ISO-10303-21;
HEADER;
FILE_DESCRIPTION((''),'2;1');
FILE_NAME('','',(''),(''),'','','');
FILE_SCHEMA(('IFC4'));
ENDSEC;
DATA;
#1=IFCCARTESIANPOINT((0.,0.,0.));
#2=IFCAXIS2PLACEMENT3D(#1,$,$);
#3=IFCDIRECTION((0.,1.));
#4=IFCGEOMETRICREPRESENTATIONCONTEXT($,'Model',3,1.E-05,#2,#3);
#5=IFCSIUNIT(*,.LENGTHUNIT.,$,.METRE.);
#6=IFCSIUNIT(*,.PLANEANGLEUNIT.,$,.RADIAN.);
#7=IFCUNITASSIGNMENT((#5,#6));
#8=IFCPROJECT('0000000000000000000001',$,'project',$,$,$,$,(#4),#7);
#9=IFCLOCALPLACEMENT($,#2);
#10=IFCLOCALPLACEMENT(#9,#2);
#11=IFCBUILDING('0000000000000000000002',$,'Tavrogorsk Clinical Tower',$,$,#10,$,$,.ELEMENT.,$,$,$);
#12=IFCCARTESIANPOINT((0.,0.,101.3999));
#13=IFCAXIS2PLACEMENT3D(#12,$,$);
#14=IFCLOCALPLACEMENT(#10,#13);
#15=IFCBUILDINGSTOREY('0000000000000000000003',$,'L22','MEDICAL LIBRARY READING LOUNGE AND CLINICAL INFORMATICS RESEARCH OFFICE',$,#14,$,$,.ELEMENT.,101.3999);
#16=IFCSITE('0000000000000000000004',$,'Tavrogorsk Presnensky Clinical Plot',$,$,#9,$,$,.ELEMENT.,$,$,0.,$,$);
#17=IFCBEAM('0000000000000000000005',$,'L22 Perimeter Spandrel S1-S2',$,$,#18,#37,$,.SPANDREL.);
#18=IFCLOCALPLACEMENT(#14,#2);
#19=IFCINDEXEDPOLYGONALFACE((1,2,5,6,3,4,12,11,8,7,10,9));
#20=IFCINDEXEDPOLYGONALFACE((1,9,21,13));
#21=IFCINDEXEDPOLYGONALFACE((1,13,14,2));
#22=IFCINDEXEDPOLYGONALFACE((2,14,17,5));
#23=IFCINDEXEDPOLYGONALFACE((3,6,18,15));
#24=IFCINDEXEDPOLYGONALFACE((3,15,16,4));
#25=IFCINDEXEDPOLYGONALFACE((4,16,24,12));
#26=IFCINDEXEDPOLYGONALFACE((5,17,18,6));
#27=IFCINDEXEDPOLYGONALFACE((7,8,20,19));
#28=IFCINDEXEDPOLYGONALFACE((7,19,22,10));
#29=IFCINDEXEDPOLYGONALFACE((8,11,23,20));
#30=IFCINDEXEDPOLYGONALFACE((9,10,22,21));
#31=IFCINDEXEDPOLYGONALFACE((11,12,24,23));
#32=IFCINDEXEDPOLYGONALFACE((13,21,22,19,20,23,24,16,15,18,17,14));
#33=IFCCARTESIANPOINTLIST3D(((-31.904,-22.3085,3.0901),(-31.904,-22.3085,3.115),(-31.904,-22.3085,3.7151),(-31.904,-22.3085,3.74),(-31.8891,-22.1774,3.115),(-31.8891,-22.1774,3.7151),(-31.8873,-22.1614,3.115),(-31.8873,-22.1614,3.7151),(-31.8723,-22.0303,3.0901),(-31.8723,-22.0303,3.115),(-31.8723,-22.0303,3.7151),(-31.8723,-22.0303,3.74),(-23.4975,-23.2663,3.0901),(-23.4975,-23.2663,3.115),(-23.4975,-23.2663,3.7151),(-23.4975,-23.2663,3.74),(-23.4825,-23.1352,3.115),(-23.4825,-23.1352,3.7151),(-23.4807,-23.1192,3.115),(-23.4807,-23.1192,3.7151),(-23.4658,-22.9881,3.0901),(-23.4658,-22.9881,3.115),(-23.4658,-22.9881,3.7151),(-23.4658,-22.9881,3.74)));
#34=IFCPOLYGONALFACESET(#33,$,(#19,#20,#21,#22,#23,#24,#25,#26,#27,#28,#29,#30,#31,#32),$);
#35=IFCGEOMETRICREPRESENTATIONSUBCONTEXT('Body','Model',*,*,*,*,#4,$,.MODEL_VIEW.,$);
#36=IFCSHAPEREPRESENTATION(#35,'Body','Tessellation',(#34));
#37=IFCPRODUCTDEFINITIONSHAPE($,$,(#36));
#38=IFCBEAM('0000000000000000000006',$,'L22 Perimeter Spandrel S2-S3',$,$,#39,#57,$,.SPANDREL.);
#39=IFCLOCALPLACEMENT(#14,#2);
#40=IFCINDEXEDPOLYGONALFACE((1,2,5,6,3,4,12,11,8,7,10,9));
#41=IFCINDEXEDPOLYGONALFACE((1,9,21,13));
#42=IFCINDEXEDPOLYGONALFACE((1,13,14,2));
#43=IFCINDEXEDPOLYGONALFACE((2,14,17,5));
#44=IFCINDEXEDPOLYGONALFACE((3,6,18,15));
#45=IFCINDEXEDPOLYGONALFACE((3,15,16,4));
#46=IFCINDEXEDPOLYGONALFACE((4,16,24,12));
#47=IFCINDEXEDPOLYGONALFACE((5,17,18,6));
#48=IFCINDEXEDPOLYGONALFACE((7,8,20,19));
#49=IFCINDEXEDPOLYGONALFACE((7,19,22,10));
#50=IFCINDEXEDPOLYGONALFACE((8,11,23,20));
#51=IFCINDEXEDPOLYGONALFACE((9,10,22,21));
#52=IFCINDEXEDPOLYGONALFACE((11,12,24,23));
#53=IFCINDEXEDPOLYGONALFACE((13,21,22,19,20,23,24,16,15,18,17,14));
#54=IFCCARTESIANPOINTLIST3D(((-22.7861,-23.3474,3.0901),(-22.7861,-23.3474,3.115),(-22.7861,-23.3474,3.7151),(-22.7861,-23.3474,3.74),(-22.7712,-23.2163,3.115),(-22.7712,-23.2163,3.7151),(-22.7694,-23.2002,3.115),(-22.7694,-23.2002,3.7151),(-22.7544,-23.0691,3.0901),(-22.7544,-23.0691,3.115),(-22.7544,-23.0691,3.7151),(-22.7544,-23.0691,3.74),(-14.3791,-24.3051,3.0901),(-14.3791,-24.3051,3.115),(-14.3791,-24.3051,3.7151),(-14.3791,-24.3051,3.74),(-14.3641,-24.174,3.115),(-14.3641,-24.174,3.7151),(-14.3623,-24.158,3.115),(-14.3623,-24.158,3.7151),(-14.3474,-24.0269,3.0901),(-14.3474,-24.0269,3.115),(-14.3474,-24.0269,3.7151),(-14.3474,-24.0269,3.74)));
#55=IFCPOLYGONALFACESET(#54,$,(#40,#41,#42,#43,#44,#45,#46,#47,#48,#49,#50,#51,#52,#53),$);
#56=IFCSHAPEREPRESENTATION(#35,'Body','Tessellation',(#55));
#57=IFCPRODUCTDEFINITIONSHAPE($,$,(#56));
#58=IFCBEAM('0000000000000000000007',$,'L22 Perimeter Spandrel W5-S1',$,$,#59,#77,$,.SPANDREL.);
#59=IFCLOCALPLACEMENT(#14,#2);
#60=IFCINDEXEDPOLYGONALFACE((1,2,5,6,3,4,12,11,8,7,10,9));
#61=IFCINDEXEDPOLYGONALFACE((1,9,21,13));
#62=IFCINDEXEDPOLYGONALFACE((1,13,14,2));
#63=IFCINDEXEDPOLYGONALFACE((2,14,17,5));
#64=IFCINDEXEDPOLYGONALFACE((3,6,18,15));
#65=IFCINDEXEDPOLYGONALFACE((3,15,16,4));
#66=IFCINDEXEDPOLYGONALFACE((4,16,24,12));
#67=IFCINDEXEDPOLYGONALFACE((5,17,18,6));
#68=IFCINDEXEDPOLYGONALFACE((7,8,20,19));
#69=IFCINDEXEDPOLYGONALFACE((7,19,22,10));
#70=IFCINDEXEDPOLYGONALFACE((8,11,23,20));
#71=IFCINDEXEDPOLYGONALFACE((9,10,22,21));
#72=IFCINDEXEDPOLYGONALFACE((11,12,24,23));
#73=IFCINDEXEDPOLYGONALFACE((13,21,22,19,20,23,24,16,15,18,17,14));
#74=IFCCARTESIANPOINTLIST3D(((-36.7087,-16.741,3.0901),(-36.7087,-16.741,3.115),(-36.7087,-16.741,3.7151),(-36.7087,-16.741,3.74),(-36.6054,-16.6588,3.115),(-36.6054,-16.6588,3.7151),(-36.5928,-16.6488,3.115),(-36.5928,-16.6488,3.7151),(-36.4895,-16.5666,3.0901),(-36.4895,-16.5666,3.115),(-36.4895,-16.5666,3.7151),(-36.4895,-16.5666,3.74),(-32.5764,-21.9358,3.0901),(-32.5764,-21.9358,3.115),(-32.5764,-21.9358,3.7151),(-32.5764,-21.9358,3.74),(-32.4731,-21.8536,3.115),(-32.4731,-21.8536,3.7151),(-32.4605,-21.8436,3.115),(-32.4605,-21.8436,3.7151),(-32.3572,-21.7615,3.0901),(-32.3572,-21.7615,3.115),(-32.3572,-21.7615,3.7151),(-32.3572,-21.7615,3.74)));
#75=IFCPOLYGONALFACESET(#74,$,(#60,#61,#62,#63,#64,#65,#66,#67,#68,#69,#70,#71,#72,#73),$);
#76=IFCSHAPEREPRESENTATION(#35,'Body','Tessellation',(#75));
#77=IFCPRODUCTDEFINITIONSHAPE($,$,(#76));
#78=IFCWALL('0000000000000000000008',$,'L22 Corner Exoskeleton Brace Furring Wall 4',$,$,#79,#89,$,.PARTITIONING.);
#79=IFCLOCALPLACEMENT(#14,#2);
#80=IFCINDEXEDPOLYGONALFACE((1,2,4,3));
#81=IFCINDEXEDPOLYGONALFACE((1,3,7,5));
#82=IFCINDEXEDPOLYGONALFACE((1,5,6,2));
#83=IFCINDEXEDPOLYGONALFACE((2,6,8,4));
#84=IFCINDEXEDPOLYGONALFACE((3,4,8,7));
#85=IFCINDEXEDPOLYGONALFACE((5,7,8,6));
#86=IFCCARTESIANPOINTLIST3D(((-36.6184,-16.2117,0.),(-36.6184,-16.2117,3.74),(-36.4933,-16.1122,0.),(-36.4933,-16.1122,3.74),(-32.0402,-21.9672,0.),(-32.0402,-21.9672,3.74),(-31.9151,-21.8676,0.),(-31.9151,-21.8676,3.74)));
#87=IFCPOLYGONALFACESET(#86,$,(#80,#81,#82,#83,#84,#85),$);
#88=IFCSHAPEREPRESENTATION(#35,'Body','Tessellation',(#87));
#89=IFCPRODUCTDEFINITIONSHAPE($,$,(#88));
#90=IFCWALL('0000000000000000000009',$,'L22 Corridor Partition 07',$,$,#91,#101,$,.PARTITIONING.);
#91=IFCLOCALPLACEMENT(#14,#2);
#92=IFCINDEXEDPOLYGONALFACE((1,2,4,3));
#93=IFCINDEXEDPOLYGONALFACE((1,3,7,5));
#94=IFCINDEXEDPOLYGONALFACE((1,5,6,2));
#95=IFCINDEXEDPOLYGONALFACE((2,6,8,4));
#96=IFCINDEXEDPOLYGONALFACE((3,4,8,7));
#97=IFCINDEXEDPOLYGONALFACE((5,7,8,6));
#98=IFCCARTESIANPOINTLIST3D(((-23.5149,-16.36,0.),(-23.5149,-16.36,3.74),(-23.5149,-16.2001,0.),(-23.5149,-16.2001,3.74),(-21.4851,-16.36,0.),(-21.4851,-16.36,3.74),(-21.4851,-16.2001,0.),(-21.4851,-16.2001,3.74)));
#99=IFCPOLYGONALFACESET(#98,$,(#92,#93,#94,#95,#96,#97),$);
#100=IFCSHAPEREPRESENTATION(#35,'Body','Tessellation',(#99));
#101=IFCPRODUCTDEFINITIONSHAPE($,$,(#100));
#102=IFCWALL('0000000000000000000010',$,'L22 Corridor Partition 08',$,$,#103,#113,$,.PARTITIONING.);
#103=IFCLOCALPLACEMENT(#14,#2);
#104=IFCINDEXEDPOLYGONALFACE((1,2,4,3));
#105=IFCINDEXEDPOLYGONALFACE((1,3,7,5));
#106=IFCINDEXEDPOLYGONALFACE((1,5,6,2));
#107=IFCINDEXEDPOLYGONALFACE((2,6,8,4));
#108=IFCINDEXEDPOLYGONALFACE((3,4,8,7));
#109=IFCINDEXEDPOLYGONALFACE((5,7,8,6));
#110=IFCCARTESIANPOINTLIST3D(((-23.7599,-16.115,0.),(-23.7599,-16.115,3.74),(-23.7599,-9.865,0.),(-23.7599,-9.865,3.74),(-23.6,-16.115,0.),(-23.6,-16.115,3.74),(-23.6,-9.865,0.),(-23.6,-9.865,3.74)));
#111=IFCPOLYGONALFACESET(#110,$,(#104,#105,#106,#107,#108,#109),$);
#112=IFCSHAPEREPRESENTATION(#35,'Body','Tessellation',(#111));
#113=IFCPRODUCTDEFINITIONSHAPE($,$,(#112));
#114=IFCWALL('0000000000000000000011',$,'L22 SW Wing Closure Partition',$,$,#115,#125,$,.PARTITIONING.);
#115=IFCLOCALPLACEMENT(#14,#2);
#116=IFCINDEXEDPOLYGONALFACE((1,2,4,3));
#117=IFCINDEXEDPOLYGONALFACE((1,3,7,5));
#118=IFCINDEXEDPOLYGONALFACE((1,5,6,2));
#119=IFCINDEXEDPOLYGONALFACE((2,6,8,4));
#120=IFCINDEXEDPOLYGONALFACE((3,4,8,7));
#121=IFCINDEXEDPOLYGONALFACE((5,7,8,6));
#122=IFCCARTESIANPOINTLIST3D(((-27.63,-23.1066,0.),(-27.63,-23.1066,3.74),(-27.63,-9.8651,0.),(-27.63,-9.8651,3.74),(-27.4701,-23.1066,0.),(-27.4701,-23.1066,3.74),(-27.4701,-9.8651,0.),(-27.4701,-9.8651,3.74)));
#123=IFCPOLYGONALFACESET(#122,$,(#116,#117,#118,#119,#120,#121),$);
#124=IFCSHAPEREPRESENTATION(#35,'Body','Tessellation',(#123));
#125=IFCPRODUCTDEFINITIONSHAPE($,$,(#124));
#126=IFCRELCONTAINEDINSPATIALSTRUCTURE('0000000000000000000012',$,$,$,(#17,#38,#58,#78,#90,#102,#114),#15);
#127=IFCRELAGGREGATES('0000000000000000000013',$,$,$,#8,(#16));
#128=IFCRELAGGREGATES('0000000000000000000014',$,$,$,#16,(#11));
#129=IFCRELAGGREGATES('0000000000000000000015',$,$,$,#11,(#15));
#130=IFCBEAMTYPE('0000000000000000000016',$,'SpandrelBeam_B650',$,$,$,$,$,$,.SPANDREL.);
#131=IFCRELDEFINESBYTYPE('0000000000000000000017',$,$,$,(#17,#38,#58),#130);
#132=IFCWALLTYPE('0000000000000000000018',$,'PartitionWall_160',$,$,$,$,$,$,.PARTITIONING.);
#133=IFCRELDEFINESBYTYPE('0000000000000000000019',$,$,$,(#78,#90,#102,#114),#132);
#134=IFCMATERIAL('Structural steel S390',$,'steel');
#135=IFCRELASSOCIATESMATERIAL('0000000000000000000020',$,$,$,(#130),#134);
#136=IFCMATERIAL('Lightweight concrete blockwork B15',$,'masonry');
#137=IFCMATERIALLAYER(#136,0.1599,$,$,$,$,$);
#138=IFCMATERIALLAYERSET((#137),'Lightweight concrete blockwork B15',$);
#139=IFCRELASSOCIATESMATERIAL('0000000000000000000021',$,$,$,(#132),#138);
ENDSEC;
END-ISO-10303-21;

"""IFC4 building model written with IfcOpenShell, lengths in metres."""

from ifc_helpers import new_model, si_unit, direction, frame, frame_2d, origin, origin_2d, place, context, subcontext, project, spatial, rectangle, i_section, extrude, material, layer, layer_set, material_profile, profile_set, type_object, element, save


model = new_model("IFC4")

# Units and contexts
model_context = context("Model", 3, precision=1e-05, world=origin(), true_north=direction((0.0, 1.0)))
body_context = subcontext(model_context, "Body", "Model", "MODEL_VIEW")
ifc_project = project(units=[si_unit("LENGTHUNIT", "METRE"), si_unit("PLANEANGLEUNIT", "RADIAN")], contexts=[model_context])

# Site, building, storey
site_placement = place(None, origin())
site = spatial("IfcSite", under=ifc_project, at=site_placement, Name="Tavrogorsk Presnensky Clinical Plot", CompositionType="ELEMENT", RefElevation=0.0)
building_placement = place(site_placement, origin())
building = spatial("IfcBuilding", under=site, at=building_placement, Name="Tavrogorsk Clinical Tower", CompositionType="ELEMENT")
storey_placement = place(building_placement, frame((0.0, 0.0, 101.3999)))
storey = spatial("IfcBuildingStorey", under=building, at=storey_placement, Name="L22", Description="MEDICAL LIBRARY READING LOUNGE AND CLINICAL INFORMATICS RESEARCH OFFICE", CompositionType="ELEMENT", Elevation=101.3999)

# Beams
ifc_material_1 = material(Name="Structural steel S390", Category="steel")
ifc_material_profile_1 = material_profile(ifc_material_1, i_section(OverallWidth=0.28, OverallDepth=0.6499, WebThickness=0.0161, FlangeThickness=0.0249, at=origin_2d()), Name="B-650x280x16x25")
ifc_profile_set_1 = profile_set([ifc_material_profile_1], Name="Structural steel S390")
beam_type_1 = type_object("IfcBeamType", Name="SpandrelBeam_B650", PredefinedType="SPANDREL", material=ifc_profile_set_1)
beam_1_placement = place(storey_placement, frame((-31.8882, -22.1694, 3.415), z_axis=(0.993572, -0.113199, 0.0), x_axis=(0.113199, 0.993572, 0.0)))
element("IfcBeam", 1, at=beam_1_placement, inside=storey, type_object=beam_type_1, Name="L22 Perimeter Spandrel S1-S2", PredefinedType="SPANDREL", context=body_context, shape_type="SweptSolid", body=[
    extrude(i_section(OverallWidth=0.28, OverallDepth=0.6499, WebThickness=0.0161, FlangeThickness=0.0249, at=origin_2d()), origin(), (0.0, 0.0, 1.0), 8.4609),
])
beam_2_placement = place(storey_placement, frame((-22.7703, -23.2083, 3.415), z_axis=(0.993573, -0.113193, 0.0), x_axis=(0.113193, 0.993573, 0.0)))
element("IfcBeam", 2, at=beam_2_placement, inside=storey, type_object=beam_type_1, Name="L22 Perimeter Spandrel S2-S3", PredefinedType="SPANDREL", context=body_context, shape_type="SweptSolid", body=[
    extrude(i_section(OverallWidth=0.28, OverallDepth=0.6499, WebThickness=0.0161, FlangeThickness=0.0249, at=origin_2d()), origin(), (0.0, 0.0, 1.0), 8.4614),
])
beam_3_placement = place(storey_placement, frame((-36.5991, -16.6538, 3.415), z_axis=(0.622531, -0.782595, 0.0), x_axis=(0.782595, 0.622531, 0.0)))
element("IfcBeam", 3, at=beam_3_placement, inside=storey, type_object=beam_type_1, Name="L22 Perimeter Spandrel W5-S1", PredefinedType="SPANDREL", context=body_context, shape_type="SweptSolid", body=[
    extrude(i_section(OverallWidth=0.28, OverallDepth=0.6499, WebThickness=0.0161, FlangeThickness=0.0249, at=origin_2d()), origin(), (0.0, 0.0, 1.0), 6.6379),
])

# Walls
ifc_material_2 = material(Name="Lightweight concrete blockwork B15", Category="masonry")
ifc_layer_1 = layer(ifc_material_2, 0.1599)
ifc_layer_set_1 = layer_set([ifc_layer_1], Name="Lightweight concrete blockwork B15")
wall_type_1 = type_object("IfcWallType", Name="PartitionWall_160", PredefinedType="PARTITIONING", material=ifc_layer_set_1)
wall_1_placement = place(storey_placement, frame((-36.5559, -16.1619, 0.0), z_axis=(0.0, 0.0, 1.0), x_axis=(0.622523, -0.782602, 0.0)))
element("IfcWall", 4, at=wall_1_placement, inside=storey, type_object=wall_type_1, Name="L22 Corner Exoskeleton Brace Furring Wall 4", PredefinedType="PARTITIONING", context=body_context, shape_type="SweptSolid", body=[
    extrude(rectangle(XDim=7.3542, YDim=0.1599, at=frame_2d((3.6772, 0.0))), origin(), (0.0, 0.0, 1.0), 3.74),
])
wall_2_placement = place(storey_placement, frame((-21.4851, -16.28, 0.0), z_axis=(0.0, 0.0, 1.0), x_axis=(-1.0, 0.0, 0.0)))
element("IfcWall", 5, at=wall_2_placement, inside=storey, type_object=wall_type_1, Name="L22 Corridor Partition 07", PredefinedType="PARTITIONING", context=body_context, shape_type="SweptSolid", body=[
    extrude(rectangle(XDim=2.0298, YDim=0.1599, at=frame_2d((1.0149, 0.0))), origin(), (0.0, 0.0, 1.0), 3.74),
])
wall_3_placement = place(storey_placement, frame((-23.6799, -16.115, 0.0), z_axis=(0.0, 0.0, 1.0), x_axis=(0.0, 1.0, 0.0)))
element("IfcWall", 6, at=wall_3_placement, inside=storey, type_object=wall_type_1, Name="L22 Corridor Partition 08", PredefinedType="PARTITIONING", context=body_context, shape_type="SweptSolid", body=[
    extrude(rectangle(XDim=6.25, YDim=0.1599, at=frame_2d((3.125, 0.0))), origin(), (0.0, 0.0, 1.0), 3.74),
])
wall_4_placement = place(storey_placement, frame((-27.55, -23.1064, 0.0), z_axis=(0.0, 0.0, 1.0), x_axis=(0.0, 1.0, 0.0)))
element("IfcWall", 7, at=wall_4_placement, inside=storey, type_object=wall_type_1, Name="L22 SW Wing Closure Partition", PredefinedType="PARTITIONING", context=body_context, shape_type="SweptSolid", body=[
    extrude(rectangle(XDim=13.2415, YDim=0.1599, at=frame_2d((6.6206, 0.0))), origin(), (0.0, 0.0, 1.0), 3.74),
])

save(model, "model.ifc")
